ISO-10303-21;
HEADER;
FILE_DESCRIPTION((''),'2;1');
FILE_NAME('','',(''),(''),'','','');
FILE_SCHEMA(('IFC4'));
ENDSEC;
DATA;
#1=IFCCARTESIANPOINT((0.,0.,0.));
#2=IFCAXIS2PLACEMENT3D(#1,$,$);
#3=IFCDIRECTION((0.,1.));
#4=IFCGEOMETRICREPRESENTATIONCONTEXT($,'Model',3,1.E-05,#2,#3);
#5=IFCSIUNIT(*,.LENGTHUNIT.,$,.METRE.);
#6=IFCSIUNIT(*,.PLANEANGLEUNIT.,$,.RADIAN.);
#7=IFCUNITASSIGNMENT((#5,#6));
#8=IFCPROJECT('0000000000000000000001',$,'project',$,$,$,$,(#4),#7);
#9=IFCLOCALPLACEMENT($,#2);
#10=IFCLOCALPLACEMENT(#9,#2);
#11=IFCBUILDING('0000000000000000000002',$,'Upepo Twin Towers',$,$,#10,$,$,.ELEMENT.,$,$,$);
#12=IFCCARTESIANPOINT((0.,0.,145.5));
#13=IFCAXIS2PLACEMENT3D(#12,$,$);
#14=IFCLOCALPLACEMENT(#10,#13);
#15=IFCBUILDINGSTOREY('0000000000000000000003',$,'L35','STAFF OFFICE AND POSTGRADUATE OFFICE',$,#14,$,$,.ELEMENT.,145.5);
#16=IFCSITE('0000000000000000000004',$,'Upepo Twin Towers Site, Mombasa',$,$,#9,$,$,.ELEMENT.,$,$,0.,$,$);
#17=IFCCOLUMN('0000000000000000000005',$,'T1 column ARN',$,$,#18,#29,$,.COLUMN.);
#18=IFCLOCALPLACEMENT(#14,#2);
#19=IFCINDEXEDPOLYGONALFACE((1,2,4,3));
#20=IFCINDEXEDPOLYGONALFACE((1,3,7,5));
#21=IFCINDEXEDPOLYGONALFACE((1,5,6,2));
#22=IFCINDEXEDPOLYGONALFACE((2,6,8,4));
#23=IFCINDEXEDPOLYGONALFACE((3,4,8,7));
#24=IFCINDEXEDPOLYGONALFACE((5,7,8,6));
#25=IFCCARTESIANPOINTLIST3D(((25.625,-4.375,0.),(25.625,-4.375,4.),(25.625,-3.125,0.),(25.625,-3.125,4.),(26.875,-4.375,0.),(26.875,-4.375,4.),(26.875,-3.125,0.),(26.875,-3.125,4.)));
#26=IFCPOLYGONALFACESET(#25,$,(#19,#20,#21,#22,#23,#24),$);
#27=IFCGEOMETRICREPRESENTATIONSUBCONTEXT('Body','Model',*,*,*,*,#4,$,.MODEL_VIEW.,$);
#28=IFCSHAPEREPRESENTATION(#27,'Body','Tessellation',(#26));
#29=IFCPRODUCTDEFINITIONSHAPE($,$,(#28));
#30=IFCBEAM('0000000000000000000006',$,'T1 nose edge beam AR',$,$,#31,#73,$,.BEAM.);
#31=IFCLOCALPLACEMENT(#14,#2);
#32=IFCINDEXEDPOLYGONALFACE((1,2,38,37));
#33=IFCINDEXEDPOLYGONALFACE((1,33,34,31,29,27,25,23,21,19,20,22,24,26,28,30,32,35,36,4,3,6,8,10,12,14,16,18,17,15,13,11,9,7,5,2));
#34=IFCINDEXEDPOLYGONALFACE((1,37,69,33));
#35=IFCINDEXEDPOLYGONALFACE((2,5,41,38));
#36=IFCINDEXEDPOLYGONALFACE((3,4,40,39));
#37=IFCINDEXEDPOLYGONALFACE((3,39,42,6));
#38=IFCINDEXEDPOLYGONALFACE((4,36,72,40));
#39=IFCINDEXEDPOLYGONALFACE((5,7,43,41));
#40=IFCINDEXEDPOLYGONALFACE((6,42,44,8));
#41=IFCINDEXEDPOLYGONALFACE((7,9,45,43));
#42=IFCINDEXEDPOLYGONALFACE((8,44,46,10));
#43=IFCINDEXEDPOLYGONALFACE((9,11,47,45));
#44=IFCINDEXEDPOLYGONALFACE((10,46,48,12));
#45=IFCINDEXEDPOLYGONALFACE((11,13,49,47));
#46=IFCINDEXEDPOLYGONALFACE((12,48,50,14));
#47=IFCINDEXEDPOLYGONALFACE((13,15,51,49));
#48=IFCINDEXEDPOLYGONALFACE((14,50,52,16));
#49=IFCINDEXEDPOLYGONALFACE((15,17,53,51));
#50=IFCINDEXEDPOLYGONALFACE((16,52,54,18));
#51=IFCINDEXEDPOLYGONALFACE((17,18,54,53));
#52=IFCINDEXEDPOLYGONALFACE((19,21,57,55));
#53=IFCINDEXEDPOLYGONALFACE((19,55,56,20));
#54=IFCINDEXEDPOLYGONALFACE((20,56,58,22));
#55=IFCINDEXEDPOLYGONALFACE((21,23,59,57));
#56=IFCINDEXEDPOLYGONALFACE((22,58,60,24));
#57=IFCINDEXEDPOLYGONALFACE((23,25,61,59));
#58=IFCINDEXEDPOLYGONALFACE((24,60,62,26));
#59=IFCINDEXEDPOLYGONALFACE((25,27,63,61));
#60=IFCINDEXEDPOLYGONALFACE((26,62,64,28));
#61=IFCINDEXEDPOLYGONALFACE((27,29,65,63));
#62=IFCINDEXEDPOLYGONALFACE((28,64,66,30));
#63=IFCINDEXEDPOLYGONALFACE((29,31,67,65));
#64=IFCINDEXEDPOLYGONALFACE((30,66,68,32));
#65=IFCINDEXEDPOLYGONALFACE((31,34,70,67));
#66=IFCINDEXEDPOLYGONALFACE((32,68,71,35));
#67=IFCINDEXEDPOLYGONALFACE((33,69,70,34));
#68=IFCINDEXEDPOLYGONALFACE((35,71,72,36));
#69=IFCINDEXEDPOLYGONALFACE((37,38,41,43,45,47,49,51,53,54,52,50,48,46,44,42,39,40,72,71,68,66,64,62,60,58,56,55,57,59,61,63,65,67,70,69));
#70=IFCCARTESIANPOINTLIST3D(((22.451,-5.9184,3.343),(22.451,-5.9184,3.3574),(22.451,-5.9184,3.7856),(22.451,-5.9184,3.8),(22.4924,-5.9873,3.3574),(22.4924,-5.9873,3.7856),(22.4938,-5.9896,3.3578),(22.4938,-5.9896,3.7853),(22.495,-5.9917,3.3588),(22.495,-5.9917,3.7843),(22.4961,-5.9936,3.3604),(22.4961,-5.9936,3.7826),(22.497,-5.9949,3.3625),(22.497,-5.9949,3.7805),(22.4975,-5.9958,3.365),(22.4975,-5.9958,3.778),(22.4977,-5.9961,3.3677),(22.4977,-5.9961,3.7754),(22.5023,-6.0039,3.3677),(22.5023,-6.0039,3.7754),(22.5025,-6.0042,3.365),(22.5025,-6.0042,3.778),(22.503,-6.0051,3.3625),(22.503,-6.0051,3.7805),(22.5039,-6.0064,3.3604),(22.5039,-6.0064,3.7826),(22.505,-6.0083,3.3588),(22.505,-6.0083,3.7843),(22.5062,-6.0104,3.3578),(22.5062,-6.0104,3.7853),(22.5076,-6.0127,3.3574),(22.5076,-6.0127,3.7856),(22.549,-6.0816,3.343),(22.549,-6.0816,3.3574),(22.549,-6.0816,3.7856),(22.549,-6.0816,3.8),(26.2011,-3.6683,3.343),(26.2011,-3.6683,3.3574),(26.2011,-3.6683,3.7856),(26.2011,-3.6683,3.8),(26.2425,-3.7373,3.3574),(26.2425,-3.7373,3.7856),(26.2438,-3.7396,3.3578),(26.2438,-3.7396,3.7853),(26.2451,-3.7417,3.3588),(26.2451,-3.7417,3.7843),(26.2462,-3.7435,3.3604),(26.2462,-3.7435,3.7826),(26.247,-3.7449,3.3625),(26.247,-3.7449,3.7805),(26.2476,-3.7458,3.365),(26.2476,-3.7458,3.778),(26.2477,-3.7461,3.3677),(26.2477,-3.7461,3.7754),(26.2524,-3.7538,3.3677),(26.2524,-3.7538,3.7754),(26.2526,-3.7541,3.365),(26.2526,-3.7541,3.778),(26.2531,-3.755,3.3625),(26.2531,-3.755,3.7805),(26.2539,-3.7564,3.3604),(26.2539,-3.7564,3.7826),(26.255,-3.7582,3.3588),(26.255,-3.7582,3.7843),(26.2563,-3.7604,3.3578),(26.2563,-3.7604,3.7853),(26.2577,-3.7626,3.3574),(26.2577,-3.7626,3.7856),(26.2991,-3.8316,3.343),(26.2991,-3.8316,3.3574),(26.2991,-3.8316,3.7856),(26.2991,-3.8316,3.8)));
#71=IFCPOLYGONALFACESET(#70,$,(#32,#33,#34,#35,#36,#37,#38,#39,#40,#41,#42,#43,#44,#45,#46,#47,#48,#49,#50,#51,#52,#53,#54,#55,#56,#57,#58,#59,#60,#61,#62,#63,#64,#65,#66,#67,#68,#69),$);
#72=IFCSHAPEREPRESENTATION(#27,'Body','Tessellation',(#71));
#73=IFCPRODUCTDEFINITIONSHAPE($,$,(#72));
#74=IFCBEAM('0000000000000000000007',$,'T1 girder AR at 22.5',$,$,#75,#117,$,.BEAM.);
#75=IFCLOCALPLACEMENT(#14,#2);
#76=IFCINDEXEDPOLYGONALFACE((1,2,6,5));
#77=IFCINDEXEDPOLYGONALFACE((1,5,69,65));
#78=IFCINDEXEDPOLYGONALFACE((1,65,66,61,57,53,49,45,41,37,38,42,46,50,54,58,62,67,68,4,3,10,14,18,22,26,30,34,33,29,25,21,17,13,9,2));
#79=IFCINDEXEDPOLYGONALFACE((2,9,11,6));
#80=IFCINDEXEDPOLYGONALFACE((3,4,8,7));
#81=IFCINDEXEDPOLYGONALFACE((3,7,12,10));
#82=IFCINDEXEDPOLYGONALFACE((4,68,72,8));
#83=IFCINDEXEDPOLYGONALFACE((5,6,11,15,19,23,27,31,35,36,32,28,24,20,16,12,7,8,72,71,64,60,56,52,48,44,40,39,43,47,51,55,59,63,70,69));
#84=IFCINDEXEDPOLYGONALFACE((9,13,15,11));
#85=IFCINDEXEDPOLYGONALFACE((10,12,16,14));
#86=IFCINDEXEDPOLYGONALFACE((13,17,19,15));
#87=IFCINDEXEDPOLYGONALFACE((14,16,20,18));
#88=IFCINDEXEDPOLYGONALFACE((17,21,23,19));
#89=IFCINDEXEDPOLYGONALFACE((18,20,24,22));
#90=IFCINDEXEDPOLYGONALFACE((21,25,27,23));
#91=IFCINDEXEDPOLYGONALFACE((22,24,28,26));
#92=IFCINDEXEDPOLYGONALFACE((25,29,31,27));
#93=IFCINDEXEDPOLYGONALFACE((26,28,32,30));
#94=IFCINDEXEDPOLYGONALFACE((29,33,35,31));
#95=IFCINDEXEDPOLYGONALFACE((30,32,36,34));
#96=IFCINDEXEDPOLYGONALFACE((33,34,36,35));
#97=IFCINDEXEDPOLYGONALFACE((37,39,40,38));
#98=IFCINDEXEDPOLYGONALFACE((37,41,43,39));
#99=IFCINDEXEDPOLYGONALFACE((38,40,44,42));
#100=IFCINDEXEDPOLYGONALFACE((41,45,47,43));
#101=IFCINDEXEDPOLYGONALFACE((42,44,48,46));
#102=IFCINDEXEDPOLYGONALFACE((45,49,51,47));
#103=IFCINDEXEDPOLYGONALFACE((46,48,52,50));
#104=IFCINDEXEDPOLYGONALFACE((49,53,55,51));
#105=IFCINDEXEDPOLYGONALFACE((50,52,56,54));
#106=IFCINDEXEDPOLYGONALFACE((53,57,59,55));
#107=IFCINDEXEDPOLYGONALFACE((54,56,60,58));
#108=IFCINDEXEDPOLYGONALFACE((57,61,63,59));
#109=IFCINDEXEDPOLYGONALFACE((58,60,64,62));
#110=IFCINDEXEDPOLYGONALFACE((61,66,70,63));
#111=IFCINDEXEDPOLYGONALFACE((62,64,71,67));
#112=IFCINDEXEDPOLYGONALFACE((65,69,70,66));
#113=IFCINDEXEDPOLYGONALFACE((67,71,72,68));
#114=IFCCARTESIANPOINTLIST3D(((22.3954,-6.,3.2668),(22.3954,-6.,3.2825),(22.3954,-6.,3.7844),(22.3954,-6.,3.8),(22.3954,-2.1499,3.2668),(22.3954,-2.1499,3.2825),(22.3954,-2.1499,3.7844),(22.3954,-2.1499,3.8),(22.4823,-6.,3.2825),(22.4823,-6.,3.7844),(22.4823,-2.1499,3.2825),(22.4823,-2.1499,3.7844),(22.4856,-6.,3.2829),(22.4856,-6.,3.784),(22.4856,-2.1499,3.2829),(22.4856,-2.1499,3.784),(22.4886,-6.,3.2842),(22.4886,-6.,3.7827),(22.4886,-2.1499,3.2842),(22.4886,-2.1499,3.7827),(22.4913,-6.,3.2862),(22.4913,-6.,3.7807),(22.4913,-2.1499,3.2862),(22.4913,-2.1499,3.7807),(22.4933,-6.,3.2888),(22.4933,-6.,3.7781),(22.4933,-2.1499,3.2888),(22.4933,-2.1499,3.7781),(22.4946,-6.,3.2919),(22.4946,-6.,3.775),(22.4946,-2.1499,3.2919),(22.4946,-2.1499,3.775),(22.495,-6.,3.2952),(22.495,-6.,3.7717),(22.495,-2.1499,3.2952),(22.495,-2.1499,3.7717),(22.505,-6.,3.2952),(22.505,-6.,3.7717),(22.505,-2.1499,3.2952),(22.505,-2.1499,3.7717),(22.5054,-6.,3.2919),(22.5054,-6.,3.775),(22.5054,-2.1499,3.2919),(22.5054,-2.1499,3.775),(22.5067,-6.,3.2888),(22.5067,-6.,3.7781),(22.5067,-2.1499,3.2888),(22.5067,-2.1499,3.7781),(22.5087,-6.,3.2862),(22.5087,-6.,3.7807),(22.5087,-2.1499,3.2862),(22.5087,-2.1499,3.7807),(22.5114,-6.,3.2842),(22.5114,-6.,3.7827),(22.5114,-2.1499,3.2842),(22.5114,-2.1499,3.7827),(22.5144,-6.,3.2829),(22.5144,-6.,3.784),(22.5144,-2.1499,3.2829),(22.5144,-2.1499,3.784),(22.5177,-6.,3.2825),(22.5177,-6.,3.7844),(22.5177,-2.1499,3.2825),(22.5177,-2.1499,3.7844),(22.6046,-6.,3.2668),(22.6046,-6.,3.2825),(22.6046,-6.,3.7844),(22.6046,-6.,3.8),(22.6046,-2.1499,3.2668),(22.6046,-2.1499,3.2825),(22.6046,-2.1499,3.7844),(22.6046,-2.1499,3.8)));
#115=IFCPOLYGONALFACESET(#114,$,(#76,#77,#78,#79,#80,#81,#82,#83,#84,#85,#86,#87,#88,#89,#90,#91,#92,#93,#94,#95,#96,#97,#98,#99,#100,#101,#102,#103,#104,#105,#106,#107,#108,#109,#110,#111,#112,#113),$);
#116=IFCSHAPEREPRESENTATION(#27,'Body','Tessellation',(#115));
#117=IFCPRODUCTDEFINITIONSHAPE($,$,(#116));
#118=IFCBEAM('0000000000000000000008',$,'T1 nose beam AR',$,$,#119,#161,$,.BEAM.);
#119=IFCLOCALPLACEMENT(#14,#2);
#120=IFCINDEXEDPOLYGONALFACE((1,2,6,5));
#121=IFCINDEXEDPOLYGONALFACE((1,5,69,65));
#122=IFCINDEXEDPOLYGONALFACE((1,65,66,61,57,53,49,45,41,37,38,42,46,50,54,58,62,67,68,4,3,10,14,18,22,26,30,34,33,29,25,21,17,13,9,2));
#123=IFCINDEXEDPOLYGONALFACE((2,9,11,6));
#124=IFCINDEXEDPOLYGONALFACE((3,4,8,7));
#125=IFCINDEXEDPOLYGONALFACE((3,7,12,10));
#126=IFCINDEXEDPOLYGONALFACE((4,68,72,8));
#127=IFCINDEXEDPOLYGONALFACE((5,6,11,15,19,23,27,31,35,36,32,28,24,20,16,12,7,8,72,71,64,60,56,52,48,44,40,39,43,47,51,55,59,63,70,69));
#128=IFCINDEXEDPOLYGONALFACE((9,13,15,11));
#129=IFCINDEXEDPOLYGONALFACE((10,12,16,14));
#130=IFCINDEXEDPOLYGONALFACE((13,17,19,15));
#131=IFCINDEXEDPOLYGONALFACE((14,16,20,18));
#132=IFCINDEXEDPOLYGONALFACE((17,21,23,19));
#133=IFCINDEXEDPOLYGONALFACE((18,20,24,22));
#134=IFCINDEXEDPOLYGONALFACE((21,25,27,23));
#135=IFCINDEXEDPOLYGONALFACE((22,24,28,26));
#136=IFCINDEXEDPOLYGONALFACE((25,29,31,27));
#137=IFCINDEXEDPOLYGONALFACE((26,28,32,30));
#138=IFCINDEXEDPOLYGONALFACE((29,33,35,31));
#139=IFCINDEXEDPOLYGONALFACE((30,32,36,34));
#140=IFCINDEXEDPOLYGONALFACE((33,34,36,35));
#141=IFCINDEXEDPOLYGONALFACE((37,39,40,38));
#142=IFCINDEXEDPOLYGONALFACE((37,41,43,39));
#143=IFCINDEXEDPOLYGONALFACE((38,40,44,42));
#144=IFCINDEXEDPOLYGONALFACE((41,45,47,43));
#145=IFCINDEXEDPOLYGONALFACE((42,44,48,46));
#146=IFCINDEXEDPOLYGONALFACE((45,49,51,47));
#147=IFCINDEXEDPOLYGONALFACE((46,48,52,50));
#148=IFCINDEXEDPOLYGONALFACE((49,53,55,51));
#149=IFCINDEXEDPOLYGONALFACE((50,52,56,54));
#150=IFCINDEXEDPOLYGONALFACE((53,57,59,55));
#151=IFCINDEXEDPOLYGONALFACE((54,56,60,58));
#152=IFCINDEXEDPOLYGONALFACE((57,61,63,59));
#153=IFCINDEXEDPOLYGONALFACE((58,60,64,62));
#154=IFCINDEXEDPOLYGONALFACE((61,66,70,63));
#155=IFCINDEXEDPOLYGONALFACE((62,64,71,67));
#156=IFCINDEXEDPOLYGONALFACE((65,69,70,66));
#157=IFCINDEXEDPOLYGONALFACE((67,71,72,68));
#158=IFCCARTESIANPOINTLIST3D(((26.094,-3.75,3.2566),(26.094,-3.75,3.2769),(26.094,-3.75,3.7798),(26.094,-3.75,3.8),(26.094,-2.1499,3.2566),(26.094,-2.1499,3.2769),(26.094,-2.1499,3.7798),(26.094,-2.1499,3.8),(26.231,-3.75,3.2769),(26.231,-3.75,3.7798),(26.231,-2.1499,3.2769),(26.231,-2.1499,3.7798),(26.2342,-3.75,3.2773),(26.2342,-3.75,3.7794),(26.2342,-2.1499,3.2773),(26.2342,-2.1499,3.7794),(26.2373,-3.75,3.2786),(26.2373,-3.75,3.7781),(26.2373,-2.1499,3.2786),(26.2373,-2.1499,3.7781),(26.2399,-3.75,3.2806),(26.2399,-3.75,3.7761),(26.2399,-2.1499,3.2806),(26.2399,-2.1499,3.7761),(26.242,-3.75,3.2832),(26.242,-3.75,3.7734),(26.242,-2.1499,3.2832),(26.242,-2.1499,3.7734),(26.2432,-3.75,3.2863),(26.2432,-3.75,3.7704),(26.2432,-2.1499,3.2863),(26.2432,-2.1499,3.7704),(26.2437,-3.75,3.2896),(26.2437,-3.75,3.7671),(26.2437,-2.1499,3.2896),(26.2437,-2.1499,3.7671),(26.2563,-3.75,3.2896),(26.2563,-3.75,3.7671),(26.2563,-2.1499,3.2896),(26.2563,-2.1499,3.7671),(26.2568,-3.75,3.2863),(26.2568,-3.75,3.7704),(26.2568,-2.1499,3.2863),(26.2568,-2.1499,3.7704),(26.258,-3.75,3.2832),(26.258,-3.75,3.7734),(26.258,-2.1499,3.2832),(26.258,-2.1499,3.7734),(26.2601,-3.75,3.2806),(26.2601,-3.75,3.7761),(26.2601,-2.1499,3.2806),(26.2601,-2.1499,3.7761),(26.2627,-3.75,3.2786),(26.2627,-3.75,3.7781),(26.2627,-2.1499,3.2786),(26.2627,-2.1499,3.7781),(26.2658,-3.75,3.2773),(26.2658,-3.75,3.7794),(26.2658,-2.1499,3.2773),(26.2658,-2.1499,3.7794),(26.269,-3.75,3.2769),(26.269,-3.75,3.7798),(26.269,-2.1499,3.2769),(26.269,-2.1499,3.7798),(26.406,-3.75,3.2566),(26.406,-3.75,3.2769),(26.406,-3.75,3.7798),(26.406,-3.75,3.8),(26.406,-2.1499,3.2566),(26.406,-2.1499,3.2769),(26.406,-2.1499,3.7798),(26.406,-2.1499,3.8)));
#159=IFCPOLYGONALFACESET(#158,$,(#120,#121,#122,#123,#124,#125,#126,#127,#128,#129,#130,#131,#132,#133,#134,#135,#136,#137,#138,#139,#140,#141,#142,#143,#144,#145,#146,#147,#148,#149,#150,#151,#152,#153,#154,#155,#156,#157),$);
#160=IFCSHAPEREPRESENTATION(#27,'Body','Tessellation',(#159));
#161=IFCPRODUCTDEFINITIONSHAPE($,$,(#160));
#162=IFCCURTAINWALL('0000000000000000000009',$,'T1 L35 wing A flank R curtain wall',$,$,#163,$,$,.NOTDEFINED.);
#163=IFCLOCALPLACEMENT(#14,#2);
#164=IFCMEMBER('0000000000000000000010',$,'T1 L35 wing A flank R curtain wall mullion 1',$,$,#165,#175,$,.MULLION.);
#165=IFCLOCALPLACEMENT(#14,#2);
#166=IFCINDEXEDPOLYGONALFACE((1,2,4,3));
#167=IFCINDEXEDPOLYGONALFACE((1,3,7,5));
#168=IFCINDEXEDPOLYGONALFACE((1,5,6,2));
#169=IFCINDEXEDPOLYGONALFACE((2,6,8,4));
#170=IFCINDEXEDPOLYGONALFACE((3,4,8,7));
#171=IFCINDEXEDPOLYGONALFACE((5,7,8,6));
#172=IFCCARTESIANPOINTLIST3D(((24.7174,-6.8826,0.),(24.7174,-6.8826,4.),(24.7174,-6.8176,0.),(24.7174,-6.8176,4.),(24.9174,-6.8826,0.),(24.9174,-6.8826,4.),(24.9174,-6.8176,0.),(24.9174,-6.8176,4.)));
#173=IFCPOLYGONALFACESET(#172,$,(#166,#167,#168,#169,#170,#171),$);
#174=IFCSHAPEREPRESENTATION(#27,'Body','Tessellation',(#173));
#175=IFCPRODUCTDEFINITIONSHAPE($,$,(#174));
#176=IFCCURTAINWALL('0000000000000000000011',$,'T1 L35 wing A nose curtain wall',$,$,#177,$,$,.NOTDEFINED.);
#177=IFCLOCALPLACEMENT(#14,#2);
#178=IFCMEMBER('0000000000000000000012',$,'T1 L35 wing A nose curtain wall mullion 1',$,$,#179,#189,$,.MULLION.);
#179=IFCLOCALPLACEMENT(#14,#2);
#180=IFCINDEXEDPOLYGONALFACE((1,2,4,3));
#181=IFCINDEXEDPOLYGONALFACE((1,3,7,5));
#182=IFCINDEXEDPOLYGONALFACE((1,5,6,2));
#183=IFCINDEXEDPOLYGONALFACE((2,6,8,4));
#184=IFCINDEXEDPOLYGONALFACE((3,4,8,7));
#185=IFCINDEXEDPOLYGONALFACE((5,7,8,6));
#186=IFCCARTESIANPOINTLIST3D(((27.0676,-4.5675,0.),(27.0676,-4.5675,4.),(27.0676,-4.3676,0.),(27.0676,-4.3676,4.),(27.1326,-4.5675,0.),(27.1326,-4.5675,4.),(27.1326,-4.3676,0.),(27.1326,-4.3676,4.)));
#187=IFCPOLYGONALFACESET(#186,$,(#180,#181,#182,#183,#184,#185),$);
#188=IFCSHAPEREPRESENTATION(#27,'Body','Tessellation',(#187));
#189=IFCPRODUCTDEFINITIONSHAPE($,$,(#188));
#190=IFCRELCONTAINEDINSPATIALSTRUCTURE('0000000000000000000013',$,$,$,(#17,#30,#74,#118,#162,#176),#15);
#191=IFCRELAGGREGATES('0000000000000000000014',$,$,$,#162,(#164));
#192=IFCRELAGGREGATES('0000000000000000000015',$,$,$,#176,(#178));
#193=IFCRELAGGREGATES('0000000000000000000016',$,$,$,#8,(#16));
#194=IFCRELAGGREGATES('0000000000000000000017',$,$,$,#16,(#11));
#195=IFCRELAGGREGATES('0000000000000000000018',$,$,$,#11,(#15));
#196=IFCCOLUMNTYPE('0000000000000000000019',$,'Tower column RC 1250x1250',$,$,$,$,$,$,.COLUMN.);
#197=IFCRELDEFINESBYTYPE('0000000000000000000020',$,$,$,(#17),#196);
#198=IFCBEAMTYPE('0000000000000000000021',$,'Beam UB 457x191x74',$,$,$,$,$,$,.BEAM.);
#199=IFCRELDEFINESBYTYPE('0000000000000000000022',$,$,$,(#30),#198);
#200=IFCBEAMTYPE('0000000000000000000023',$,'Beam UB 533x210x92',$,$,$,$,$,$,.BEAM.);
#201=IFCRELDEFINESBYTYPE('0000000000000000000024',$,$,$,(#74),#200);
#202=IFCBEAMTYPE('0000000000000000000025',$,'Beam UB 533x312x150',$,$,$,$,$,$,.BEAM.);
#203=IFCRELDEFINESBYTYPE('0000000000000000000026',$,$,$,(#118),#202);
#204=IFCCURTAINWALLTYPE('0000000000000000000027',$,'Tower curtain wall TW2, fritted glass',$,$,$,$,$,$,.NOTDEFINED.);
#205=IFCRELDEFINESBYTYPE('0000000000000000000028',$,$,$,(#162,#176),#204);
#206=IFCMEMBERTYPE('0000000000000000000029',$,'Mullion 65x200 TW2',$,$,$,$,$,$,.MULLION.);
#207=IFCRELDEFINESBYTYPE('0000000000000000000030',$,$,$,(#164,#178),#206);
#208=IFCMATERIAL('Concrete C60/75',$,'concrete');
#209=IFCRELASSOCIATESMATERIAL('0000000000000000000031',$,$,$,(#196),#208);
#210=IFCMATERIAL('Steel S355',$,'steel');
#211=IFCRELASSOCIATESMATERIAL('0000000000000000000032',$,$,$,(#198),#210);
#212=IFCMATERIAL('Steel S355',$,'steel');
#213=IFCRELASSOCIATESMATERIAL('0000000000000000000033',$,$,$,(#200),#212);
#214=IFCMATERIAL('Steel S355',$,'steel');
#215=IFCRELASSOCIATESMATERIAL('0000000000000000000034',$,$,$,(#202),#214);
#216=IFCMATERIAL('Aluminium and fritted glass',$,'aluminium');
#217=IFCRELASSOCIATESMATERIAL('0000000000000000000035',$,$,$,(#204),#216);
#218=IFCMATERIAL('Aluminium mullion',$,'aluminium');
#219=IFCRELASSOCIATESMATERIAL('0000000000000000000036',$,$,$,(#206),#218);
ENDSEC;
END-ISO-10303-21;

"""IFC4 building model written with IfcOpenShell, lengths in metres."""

from ifc_helpers import new_model, si_unit, direction, frame, origin, origin_2d, place, context, subcontext, project, spatial, rectangle, i_section, extrude, material, material_profile, profile_set, type_object, element, aggregate, save


model = new_model("IFC4")

# Units and contexts
model_context = context("Model", 3, precision=1e-05, world=origin(), true_north=direction((0.0, 1.0)))
body_context = subcontext(model_context, "Body", "Model", "MODEL_VIEW")
ifc_project = project(units=[si_unit("LENGTHUNIT", "METRE"), si_unit("PLANEANGLEUNIT", "RADIAN")], contexts=[model_context])

# Site, building, storey
site_placement = place(None, origin())
site = spatial("IfcSite", under=ifc_project, at=site_placement, Name="Upepo Twin Towers Site, Mombasa", CompositionType="ELEMENT", RefElevation=0.0)
building_placement = place(site_placement, origin())
building = spatial("IfcBuilding", under=site, at=building_placement, Name="Upepo Twin Towers", CompositionType="ELEMENT")
storey_placement = place(building_placement, frame((0.0, 0.0, 145.5)))
storey = spatial("IfcBuildingStorey", under=building, at=storey_placement, Name="L35", Description="STAFF OFFICE AND POSTGRADUATE OFFICE", CompositionType="ELEMENT", Elevation=145.5)

# Column
ifc_material_1 = material(Name="Concrete C60/75", Category="concrete")
ifc_material_profile_1 = material_profile(ifc_material_1, rectangle(XDim=1.25, YDim=1.25, at=origin_2d()), Name="RC 1250x1250")
ifc_profile_set_1 = profile_set([ifc_material_profile_1], Name="Concrete C60/75")
column_type = type_object("IfcColumnType", Name="Tower column RC 1250x1250", PredefinedType="COLUMN", material=ifc_profile_set_1)
column_placement = place(storey_placement, frame((26.25, -3.75, 0.0), z_axis=(0.0, 0.0, 1.0), x_axis=(1.0, 0.0, 0.0)))
element("IfcColumn", 1, at=column_placement, inside=storey, type_object=column_type, Name="T1 column ARN", PredefinedType="COLUMN", context=body_context, shape_type="SweptSolid", body=[
    extrude(rectangle(XDim=1.25, YDim=1.25, at=origin_2d()), origin(), (0.0, 0.0, 1.0), 4.0),
])

# Beams
ifc_material_2 = material(Name="Steel S355", Category="steel")
ifc_material_profile_2 = material_profile(ifc_material_2, i_section(OverallWidth=0.1904, OverallDepth=0.457, WebThickness=0.009, FlangeThickness=0.0144, FilletRadius=0.0103, at=origin_2d()), Name="UB 457x191x74")
ifc_profile_set_2 = profile_set([ifc_material_profile_2], Name="Steel S355")
beam_type_1 = type_object("IfcBeamType", Name="Beam UB 457x191x74", PredefinedType="BEAM", material=ifc_profile_set_2)
beam_1_placement = place(storey_placement, frame((22.5, -6.0, 3.5715), z_axis=(0.857493, 0.514496, 0.0), x_axis=(-0.514496, 0.857493, 0.0)))
element("IfcBeam", 2, at=beam_1_placement, inside=storey, type_object=beam_type_1, Name="T1 nose edge beam AR", PredefinedType="BEAM", context=body_context, shape_type="SweptSolid", body=[
    extrude(i_section(OverallWidth=0.1904, OverallDepth=0.457, WebThickness=0.009, FlangeThickness=0.0144, FilletRadius=0.0103, at=origin_2d()), origin(), (0.0, 0.0, 1.0), 4.3733),
])
ifc_material_3 = material(Name="Steel S355", Category="steel")
ifc_material_profile_3 = material_profile(ifc_material_3, i_section(OverallWidth=0.2092, OverallDepth=0.5332, WebThickness=0.01, FlangeThickness=0.0156, FilletRadius=0.0127, at=origin_2d()), Name="UB 533x210x92")
ifc_profile_set_3 = profile_set([ifc_material_profile_3], Name="Steel S355")
beam_type_2 = type_object("IfcBeamType", Name="Beam UB 533x210x92", PredefinedType="BEAM", material=ifc_profile_set_3)
beam_2_placement = place(storey_placement, frame((22.5, -6.0, 3.5334), z_axis=(0.0, 1.0, 0.0), x_axis=(-1.0, 0.0, 0.0)))
element("IfcBeam", 3, at=beam_2_placement, inside=storey, type_object=beam_type_2, Name="T1 girder AR at 22.5", PredefinedType="BEAM", context=body_context, shape_type="SweptSolid", body=[
    extrude(i_section(OverallWidth=0.2092, OverallDepth=0.5332, WebThickness=0.01, FlangeThickness=0.0156, FilletRadius=0.0127, at=origin_2d()), origin(), (0.0, 0.0, 1.0), 3.8501),
])
ifc_material_4 = material(Name="Steel S355", Category="steel")
ifc_material_profile_4 = material_profile(ifc_material_4, i_section(OverallWidth=0.312, OverallDepth=0.5435, WebThickness=0.0127, FlangeThickness=0.0203, FilletRadius=0.0127, at=origin_2d()), Name="UB 533x312x150")
ifc_profile_set_4 = profile_set([ifc_material_profile_4], Name="Steel S355")
beam_type_3 = type_object("IfcBeamType", Name="Beam UB 533x312x150", PredefinedType="BEAM", material=ifc_profile_set_4)
beam_3_placement = place(storey_placement, frame((26.25, -3.75, 3.5283), z_axis=(0.0, 1.0, 0.0), x_axis=(-1.0, 0.0, 0.0)))
element("IfcBeam", 4, at=beam_3_placement, inside=storey, type_object=beam_type_3, Name="T1 nose beam AR", PredefinedType="BEAM", context=body_context, shape_type="SweptSolid", body=[
    extrude(i_section(OverallWidth=0.312, OverallDepth=0.5435, WebThickness=0.0127, FlangeThickness=0.0203, FilletRadius=0.0127, at=origin_2d()), origin(), (0.0, 0.0, 1.0), 1.6001),
])

# Curtain wall, member
ifc_material_5 = material(Name="Aluminium and fritted glass", Category="aluminium")
curtain_wall_type = type_object("IfcCurtainWallType", Name="Tower curtain wall TW2, fritted glass", PredefinedType="NOTDEFINED", material=ifc_material_5)
curtain_wall_1_placement = place(storey_placement, origin())
curtain_wall_1 = element("IfcCurtainWall", 5, at=curtain_wall_1_placement, inside=storey, type_object=curtain_wall_type, Name="T1 L35 wing A flank R curtain wall", PredefinedType="NOTDEFINED")
ifc_material_6 = material(Name="Aluminium mullion", Category="aluminium")
ifc_material_profile_5 = material_profile(ifc_material_6, rectangle(XDim=0.0649, YDim=0.2, at=origin_2d()), Name="MULLION 65x200")
ifc_profile_set_5 = profile_set([ifc_material_profile_5], Name="Aluminium mullion")
member_type_1 = type_object("IfcMemberType", Name="Mullion 65x200 TW2", PredefinedType="MULLION", material=ifc_profile_set_5)
member_1_placement = place(storey_placement, frame((24.8174, -6.8501, 0.0), z_axis=(0.0, 0.0, 1.0), x_axis=(0.0, -1.0, 0.0)))
member_1 = element("IfcMember", 6, at=member_1_placement, type_object=member_type_1, Name="T1 L35 wing A flank R curtain wall mullion 1", PredefinedType="MULLION", context=body_context, shape_type="SweptSolid", body=[
    extrude(rectangle(XDim=0.0649, YDim=0.2, at=origin_2d()), origin(), (0.0, 0.0, 1.0), 4.0),
])

# Curtain wall, member
curtain_wall_2_placement = place(storey_placement, origin())
curtain_wall_2 = element("IfcCurtainWall", 7, at=curtain_wall_2_placement, inside=storey, type_object=curtain_wall_type, Name="T1 L35 wing A nose curtain wall", PredefinedType="NOTDEFINED")
member_2_placement = place(storey_placement, frame((27.1001, -4.4675, 0.0), z_axis=(0.0, 0.0, 1.0), x_axis=(-1.0, 0.0, 0.0)))
member_2 = element("IfcMember", 8, at=member_2_placement, type_object=member_type_1, Name="T1 L35 wing A nose curtain wall mullion 1", PredefinedType="MULLION", context=body_context, shape_type="SweptSolid", body=[
    extrude(rectangle(XDim=0.0649, YDim=0.2, at=origin_2d()), origin(), (0.0, 0.0, 1.0), 4.0),
])

aggregate(curtain_wall_1, [member_1])
aggregate(curtain_wall_2, [member_2])

save(model, "model.ifc")
